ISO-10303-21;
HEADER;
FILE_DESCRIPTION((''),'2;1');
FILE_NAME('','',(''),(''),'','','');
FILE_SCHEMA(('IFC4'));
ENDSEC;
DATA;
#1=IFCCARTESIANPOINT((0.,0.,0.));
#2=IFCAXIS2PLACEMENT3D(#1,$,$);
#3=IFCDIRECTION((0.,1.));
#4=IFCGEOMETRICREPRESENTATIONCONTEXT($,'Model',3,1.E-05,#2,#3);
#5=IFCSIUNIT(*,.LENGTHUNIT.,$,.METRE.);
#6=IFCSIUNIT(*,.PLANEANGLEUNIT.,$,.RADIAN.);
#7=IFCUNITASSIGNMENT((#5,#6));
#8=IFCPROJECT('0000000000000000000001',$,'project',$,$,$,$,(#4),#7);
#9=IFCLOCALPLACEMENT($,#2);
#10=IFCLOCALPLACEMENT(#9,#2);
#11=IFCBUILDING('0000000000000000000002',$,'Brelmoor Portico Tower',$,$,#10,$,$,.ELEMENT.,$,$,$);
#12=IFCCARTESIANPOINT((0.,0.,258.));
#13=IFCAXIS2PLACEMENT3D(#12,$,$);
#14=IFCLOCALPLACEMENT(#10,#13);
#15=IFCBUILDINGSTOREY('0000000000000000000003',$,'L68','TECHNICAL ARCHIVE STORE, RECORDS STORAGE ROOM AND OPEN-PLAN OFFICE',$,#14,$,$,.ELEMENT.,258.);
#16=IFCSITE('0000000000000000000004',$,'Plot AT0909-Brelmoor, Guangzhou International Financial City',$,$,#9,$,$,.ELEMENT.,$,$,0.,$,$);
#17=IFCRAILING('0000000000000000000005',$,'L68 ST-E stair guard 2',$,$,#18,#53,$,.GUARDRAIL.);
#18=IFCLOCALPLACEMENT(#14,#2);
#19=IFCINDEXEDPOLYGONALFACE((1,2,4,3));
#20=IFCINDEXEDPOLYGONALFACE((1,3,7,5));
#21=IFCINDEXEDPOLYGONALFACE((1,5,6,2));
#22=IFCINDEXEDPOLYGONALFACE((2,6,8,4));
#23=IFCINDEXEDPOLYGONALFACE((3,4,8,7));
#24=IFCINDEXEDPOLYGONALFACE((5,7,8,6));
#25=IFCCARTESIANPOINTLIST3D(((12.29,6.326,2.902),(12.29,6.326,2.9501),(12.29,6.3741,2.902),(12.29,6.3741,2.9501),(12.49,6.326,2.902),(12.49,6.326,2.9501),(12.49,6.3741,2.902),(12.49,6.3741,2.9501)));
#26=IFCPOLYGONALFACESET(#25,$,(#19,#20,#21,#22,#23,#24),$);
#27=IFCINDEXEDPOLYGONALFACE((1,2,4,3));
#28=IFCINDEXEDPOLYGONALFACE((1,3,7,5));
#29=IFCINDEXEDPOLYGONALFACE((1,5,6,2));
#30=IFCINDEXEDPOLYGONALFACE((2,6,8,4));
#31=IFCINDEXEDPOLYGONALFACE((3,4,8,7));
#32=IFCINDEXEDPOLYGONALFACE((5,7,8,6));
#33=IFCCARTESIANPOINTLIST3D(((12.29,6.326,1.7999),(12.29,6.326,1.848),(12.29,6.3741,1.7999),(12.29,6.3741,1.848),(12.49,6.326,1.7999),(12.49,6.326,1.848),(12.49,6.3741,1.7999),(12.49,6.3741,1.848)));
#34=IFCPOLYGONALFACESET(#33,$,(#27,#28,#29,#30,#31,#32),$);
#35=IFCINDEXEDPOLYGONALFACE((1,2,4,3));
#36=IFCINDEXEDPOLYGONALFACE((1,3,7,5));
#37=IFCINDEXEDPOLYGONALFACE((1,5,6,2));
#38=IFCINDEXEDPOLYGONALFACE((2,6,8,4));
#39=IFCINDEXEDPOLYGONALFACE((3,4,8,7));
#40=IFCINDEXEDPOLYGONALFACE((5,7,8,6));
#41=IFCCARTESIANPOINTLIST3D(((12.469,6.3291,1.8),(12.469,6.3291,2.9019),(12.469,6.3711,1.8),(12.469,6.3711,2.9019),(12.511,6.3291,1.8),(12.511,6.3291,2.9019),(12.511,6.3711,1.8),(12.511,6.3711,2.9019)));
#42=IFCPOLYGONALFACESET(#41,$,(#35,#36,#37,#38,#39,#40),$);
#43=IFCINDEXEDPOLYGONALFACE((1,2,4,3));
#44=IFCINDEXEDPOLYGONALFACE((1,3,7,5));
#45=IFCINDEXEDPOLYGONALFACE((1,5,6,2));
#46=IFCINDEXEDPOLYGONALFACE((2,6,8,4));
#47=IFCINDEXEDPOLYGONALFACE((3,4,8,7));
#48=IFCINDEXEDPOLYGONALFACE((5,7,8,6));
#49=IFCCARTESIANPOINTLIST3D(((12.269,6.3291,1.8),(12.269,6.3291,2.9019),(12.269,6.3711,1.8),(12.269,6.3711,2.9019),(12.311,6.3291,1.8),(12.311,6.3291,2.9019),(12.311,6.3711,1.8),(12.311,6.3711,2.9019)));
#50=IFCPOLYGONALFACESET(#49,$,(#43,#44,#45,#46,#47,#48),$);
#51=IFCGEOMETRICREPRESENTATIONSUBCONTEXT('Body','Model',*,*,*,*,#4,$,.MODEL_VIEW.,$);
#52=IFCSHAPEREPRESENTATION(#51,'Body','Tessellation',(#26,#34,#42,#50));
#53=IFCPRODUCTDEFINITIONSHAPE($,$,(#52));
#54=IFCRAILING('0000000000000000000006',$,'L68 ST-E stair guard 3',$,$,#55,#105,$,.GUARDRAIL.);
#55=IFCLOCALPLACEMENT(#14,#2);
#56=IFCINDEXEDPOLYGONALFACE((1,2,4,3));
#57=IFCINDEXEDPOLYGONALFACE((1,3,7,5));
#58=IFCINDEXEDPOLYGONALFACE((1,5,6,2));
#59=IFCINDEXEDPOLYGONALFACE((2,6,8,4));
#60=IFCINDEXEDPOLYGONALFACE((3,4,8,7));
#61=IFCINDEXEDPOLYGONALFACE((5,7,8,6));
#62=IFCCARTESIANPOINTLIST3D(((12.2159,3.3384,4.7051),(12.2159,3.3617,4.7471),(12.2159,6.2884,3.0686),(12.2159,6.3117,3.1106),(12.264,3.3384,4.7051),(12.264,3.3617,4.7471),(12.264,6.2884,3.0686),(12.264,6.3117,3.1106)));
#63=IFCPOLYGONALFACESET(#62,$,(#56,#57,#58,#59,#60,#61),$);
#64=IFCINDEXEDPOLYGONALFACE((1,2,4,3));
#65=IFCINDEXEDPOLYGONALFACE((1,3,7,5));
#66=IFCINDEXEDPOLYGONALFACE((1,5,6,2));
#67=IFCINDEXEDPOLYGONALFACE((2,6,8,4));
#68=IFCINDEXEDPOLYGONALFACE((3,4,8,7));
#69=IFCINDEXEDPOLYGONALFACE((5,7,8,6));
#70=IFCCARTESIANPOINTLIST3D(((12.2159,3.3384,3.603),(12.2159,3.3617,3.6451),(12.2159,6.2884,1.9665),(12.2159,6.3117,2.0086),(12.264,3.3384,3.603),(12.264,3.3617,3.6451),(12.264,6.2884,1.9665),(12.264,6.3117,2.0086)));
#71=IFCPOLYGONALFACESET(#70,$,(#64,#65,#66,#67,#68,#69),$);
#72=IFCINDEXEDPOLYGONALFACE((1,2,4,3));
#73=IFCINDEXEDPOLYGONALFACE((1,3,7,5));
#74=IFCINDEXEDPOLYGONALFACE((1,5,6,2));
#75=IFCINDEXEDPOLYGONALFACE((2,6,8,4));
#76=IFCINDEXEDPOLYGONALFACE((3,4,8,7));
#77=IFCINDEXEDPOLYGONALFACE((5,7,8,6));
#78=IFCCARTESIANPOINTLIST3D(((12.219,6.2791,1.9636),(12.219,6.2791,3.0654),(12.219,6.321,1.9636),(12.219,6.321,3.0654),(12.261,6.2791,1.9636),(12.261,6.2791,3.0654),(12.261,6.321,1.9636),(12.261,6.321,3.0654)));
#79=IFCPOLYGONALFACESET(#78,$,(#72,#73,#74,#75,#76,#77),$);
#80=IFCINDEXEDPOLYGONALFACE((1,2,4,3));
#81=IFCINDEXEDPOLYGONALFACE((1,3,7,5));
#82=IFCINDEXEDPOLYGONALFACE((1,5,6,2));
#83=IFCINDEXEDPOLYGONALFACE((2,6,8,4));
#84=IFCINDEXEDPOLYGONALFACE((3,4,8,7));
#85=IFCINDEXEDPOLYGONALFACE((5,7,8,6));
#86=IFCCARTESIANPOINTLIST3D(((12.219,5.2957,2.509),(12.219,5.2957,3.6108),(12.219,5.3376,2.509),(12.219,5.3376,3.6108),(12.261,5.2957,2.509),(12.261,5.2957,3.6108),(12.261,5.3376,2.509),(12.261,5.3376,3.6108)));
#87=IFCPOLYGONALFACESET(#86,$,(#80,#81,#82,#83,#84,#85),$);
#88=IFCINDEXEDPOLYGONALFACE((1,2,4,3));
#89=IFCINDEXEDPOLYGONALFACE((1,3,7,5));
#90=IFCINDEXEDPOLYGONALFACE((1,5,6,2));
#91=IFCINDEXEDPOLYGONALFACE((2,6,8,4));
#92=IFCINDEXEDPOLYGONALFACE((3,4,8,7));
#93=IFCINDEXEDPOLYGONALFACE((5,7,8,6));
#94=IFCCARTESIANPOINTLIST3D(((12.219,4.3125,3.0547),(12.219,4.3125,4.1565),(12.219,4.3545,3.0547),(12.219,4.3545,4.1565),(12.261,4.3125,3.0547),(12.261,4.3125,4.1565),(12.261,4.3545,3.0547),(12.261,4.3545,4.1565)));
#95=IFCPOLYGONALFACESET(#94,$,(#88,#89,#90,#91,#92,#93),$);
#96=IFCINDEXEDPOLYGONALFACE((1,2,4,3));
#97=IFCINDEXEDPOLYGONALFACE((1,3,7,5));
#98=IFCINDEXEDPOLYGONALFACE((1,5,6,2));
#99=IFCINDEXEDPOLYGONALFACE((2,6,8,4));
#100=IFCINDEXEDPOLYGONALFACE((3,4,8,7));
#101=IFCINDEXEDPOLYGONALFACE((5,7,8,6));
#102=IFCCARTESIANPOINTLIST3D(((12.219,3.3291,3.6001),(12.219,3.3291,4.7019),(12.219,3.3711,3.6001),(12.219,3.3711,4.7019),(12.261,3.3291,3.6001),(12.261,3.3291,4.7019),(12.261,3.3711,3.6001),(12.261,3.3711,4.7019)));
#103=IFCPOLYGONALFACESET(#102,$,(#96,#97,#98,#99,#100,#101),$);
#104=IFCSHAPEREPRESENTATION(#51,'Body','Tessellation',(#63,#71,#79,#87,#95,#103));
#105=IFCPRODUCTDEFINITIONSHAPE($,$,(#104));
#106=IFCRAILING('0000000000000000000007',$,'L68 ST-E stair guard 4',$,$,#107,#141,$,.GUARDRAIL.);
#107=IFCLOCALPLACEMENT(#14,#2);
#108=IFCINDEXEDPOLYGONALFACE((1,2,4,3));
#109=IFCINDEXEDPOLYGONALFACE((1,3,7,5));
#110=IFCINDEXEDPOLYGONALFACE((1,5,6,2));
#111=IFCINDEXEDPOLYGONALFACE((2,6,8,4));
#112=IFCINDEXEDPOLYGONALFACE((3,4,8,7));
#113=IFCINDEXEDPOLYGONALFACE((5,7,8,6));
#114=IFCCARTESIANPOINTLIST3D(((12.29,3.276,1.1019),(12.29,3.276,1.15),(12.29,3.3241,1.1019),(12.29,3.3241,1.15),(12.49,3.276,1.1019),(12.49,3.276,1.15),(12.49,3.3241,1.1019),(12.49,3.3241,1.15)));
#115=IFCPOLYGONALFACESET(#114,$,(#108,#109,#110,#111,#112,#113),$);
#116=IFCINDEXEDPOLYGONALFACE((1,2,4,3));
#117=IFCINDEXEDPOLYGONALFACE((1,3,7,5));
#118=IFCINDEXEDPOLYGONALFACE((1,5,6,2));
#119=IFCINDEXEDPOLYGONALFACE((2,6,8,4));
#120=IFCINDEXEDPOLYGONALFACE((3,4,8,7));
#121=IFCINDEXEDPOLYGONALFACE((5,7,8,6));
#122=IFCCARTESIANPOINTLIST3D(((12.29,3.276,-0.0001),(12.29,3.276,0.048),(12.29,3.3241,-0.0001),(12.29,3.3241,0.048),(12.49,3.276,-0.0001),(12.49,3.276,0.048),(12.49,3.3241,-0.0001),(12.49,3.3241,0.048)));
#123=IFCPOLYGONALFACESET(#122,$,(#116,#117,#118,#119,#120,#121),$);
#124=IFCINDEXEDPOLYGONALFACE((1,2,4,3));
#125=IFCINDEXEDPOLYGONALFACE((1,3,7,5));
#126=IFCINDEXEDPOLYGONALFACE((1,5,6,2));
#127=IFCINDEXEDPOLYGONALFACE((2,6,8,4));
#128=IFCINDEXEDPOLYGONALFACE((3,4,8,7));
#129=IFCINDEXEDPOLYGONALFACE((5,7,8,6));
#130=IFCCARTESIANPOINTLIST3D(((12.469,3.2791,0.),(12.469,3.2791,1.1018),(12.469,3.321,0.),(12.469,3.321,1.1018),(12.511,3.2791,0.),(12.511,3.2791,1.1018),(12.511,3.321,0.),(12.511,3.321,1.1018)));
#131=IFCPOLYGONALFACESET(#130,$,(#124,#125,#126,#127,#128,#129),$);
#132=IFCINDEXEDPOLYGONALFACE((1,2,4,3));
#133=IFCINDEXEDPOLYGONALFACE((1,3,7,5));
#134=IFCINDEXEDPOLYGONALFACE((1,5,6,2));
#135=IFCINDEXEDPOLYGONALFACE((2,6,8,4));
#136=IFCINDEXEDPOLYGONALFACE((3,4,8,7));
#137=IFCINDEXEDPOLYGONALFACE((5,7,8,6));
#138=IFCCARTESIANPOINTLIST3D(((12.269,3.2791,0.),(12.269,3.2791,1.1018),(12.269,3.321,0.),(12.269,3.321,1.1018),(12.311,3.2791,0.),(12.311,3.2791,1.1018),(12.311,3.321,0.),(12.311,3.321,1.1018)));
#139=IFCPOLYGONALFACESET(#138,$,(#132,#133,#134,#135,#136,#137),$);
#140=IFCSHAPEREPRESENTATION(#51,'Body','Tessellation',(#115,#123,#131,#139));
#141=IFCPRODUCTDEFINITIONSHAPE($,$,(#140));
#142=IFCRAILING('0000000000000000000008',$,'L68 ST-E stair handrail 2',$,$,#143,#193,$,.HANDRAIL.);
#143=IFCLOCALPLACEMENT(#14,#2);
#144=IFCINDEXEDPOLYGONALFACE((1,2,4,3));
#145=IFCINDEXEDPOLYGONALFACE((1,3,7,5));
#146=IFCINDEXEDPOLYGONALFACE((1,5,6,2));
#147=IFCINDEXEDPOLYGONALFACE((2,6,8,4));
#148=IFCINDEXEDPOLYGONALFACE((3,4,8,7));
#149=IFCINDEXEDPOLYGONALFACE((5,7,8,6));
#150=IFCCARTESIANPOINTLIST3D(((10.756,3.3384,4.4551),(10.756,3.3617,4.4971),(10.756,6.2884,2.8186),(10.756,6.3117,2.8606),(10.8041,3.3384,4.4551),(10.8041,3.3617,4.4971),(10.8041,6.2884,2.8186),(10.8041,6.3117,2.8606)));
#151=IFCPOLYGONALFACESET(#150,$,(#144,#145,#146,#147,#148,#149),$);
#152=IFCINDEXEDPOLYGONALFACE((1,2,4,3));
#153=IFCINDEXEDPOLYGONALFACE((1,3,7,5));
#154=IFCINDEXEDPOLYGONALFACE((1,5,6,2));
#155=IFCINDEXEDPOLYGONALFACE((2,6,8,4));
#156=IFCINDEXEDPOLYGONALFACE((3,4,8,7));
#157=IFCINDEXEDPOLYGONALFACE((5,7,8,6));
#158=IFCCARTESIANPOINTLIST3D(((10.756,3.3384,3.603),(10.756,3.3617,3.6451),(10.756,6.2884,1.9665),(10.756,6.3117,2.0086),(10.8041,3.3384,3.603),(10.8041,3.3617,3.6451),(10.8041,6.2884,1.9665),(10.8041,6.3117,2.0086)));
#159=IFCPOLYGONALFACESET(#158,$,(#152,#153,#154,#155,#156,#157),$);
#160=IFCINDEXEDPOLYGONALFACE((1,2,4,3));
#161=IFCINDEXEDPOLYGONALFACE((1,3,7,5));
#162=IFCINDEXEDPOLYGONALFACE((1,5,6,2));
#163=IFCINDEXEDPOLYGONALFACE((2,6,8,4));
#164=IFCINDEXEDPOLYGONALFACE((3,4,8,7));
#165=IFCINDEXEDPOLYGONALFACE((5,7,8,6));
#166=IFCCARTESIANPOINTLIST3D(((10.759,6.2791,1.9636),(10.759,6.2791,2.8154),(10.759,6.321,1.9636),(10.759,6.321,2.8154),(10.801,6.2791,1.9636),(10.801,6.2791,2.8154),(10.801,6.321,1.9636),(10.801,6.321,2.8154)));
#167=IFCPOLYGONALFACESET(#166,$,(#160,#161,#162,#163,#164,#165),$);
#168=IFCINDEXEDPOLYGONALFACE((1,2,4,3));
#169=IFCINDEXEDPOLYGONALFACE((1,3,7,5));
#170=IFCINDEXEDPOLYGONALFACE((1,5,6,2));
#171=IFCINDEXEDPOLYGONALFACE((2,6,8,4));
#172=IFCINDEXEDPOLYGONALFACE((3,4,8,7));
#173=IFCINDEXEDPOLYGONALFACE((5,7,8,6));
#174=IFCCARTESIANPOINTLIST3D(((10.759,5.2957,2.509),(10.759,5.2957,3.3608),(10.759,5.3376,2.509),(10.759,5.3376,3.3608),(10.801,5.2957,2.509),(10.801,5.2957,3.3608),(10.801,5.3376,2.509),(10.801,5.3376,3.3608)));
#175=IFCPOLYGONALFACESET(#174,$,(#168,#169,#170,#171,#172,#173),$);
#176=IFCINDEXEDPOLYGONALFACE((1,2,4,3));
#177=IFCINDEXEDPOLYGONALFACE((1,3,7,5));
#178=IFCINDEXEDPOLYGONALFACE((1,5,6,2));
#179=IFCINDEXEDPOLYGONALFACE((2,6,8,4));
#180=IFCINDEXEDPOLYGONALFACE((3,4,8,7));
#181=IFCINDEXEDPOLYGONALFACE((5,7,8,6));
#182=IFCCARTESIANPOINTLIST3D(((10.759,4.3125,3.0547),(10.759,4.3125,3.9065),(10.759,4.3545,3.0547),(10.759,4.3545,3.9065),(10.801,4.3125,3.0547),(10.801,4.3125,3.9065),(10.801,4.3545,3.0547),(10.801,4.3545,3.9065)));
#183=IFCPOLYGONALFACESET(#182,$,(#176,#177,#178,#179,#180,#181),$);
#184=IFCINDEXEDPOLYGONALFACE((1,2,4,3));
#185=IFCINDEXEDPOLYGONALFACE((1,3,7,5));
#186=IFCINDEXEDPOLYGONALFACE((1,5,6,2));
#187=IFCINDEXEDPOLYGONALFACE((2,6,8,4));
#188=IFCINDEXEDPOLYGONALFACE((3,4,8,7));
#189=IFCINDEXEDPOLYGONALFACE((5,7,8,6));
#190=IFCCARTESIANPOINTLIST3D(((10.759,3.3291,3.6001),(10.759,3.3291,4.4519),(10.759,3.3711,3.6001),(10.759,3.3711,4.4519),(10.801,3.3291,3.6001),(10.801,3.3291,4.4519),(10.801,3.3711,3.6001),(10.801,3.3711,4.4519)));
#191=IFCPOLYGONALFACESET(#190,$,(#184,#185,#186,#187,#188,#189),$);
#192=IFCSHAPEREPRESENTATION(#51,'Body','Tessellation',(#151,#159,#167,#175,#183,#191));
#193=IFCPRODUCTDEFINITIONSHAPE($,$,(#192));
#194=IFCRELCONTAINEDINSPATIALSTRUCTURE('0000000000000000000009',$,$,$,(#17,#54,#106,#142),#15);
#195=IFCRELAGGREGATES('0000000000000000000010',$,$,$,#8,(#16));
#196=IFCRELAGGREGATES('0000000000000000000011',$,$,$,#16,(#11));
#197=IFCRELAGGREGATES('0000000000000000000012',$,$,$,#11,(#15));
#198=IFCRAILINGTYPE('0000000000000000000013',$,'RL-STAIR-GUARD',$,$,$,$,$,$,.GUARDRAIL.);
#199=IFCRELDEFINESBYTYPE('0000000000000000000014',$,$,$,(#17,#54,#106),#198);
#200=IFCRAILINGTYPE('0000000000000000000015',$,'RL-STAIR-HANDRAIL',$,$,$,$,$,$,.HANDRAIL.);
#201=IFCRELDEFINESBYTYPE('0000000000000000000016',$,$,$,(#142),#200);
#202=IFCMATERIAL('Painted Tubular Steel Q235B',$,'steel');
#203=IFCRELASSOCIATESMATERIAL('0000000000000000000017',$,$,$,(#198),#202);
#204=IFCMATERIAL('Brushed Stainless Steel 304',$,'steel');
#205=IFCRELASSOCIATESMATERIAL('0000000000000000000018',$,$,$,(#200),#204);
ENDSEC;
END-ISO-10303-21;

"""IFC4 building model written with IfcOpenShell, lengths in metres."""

from ifc_helpers import new_model, si_unit, direction, frame, origin, origin_2d, place, context, subcontext, project, spatial, rectangle, extrude, material, type_object, element, save


model = new_model("IFC4")

# Units and contexts
model_context = context("Model", 3, precision=1e-05, world=origin(), true_north=direction((0.0, 1.0)))
body_context = subcontext(model_context, "Body", "Model", "MODEL_VIEW")
ifc_project = project(units=[si_unit("LENGTHUNIT", "METRE"), si_unit("PLANEANGLEUNIT", "RADIAN")], contexts=[model_context])

# Site, building, storey
site_placement = place(None, origin())
site = spatial("IfcSite", under=ifc_project, at=site_placement, Name="Plot AT0909-Brelmoor, Guangzhou International Financial City", CompositionType="ELEMENT", RefElevation=0.0)
building_placement = place(site_placement, origin())
building = spatial("IfcBuilding", under=site, at=building_placement, Name="Brelmoor Portico Tower", CompositionType="ELEMENT")
storey_placement = place(building_placement, frame((0.0, 0.0, 258.0)))
storey = spatial("IfcBuildingStorey", under=building, at=storey_placement, Name="L68", Description="TECHNICAL ARCHIVE STORE, RECORDS STORAGE ROOM AND OPEN-PLAN OFFICE", CompositionType="ELEMENT", Elevation=258.0)

# Railings
ifc_material_1 = material(Name="Painted Tubular Steel Q235B", Category="steel")
railing_type_1 = type_object("IfcRailingType", Name="RL-STAIR-GUARD", PredefinedType="GUARDRAIL", material=ifc_material_1)
railing_1_placement = place(storey_placement, frame((12.49, 6.3501, 1.8)))
element("IfcRailing", 1, at=railing_1_placement, inside=storey, type_object=railing_type_1, Name="L68 ST-E stair guard 2", PredefinedType="GUARDRAIL", context=body_context, shape_type="SweptSolid", body=[
    extrude(rectangle(XDim=0.0481, YDim=0.0481, at=origin_2d()), frame((0.0, 0.0, 1.126), z_axis=(-1.0, 0.0, 0.0), x_axis=(0.0, -1.0, 0.0)), (0.0, 0.0, 1.0), 0.2),
    extrude(rectangle(XDim=0.0481, YDim=0.0481, at=origin_2d()), frame((0.0, 0.0, 0.0239), z_axis=(-1.0, 0.0, 0.0), x_axis=(0.0, -1.0, 0.0)), (0.0, 0.0, 1.0), 0.2),
    extrude(rectangle(XDim=0.042, YDim=0.042, at=origin_2d()), origin(), (0.0, 0.0, 1.0), 1.1018),
    extrude(rectangle(XDim=0.042, YDim=0.042, at=origin_2d()), frame((-0.2, 0.0, 0.0)), (0.0, 0.0, 1.0), 1.1018),
])
railing_2_placement = place(storey_placement, frame((12.24, 6.3, 1.9636)))
element("IfcRailing", 2, at=railing_2_placement, inside=storey, type_object=railing_type_1, Name="L68 ST-E stair guard 3", PredefinedType="GUARDRAIL", context=body_context, shape_type="SweptSolid", body=[
    extrude(rectangle(XDim=0.0481, YDim=0.0481, at=origin_2d()), frame((0.0, 0.0, 1.126), z_axis=(0.0, -0.874458, 0.485102), x_axis=(1.0, 0.0, 0.0)), (0.0, 0.0, 1.0), 3.3735),
    extrude(rectangle(XDim=0.0481, YDim=0.0481, at=origin_2d()), frame((0.0, 0.0, 0.0239), z_axis=(0.0, -0.874458, 0.485102), x_axis=(1.0, 0.0, 0.0)), (0.0, 0.0, 1.0), 3.3735),
    extrude(rectangle(XDim=0.042, YDim=0.042, at=origin_2d()), origin(), (0.0, 0.0, 1.0), 1.1018),
    extrude(rectangle(XDim=0.042, YDim=0.042, at=origin_2d()), frame((0.0, -0.9834, 0.5454)), (0.0, 0.0, 1.0), 1.1018),
    extrude(rectangle(XDim=0.042, YDim=0.042, at=origin_2d()), frame((0.0, -1.9666, 1.0911)), (0.0, 0.0, 1.0), 1.1018),
    extrude(rectangle(XDim=0.042, YDim=0.042, at=origin_2d()), frame((0.0, -2.95, 1.6365)), (0.0, 0.0, 1.0), 1.1018),
])
railing_3_placement = place(storey_placement, frame((12.49, 3.3, 0.0)))
element("IfcRailing", 3, at=railing_3_placement, inside=storey, type_object=railing_type_1, Name="L68 ST-E stair guard 4", PredefinedType="GUARDRAIL", context=body_context, shape_type="SweptSolid", body=[
    extrude(rectangle(XDim=0.0481, YDim=0.0481, at=origin_2d()), frame((0.0, 0.0, 1.126), z_axis=(-1.0, 0.0, 0.0), x_axis=(0.0, -1.0, 0.0)), (0.0, 0.0, 1.0), 0.2),
    extrude(rectangle(XDim=0.0481, YDim=0.0481, at=origin_2d()), frame((0.0, 0.0, 0.0239), z_axis=(-1.0, 0.0, 0.0), x_axis=(0.0, -1.0, 0.0)), (0.0, 0.0, 1.0), 0.2),
    extrude(rectangle(XDim=0.042, YDim=0.042, at=origin_2d()), origin(), (0.0, 0.0, 1.0), 1.1018),
    extrude(rectangle(XDim=0.042, YDim=0.042, at=origin_2d()), frame((-0.2, 0.0, 0.0)), (0.0, 0.0, 1.0), 1.1018),
])
ifc_material_2 = material(Name="Brushed Stainless Steel 304", Category="steel")
railing_type_2 = type_object("IfcRailingType", Name="RL-STAIR-HANDRAIL", PredefinedType="HANDRAIL", material=ifc_material_2)
railing_4_placement = place(storey_placement, frame((10.78, 6.3, 1.9636)))
element("IfcRailing", 4, at=railing_4_placement, inside=storey, type_object=railing_type_2, Name="L68 ST-E stair handrail 2", PredefinedType="HANDRAIL", context=body_context, shape_type="SweptSolid", body=[
    extrude(rectangle(XDim=0.0481, YDim=0.0481, at=origin_2d()), frame((0.0, 0.0, 0.876), z_axis=(0.0, -0.874458, 0.485102), x_axis=(1.0, 0.0, 0.0)), (0.0, 0.0, 1.0), 3.3735),
    extrude(rectangle(XDim=0.0481, YDim=0.0481, at=origin_2d()), frame((0.0, 0.0, 0.0239), z_axis=(0.0, -0.874458, 0.485102), x_axis=(1.0, 0.0, 0.0)), (0.0, 0.0, 1.0), 3.3735),
    extrude(rectangle(XDim=0.042, YDim=0.042, at=origin_2d()), origin(), (0.0, 0.0, 1.0), 0.8518),
    extrude(rectangle(XDim=0.042, YDim=0.042, at=origin_2d()), frame((0.0, -0.9834, 0.5454)), (0.0, 0.0, 1.0), 0.8518),
    extrude(rectangle(XDim=0.042, YDim=0.042, at=origin_2d()), frame((0.0, -1.9666, 1.0911)), (0.0, 0.0, 1.0), 0.8518),
    extrude(rectangle(XDim=0.042, YDim=0.042, at=origin_2d()), frame((0.0, -2.95, 1.6365)), (0.0, 0.0, 1.0), 0.8518),
])

save(model, "model.ifc")
